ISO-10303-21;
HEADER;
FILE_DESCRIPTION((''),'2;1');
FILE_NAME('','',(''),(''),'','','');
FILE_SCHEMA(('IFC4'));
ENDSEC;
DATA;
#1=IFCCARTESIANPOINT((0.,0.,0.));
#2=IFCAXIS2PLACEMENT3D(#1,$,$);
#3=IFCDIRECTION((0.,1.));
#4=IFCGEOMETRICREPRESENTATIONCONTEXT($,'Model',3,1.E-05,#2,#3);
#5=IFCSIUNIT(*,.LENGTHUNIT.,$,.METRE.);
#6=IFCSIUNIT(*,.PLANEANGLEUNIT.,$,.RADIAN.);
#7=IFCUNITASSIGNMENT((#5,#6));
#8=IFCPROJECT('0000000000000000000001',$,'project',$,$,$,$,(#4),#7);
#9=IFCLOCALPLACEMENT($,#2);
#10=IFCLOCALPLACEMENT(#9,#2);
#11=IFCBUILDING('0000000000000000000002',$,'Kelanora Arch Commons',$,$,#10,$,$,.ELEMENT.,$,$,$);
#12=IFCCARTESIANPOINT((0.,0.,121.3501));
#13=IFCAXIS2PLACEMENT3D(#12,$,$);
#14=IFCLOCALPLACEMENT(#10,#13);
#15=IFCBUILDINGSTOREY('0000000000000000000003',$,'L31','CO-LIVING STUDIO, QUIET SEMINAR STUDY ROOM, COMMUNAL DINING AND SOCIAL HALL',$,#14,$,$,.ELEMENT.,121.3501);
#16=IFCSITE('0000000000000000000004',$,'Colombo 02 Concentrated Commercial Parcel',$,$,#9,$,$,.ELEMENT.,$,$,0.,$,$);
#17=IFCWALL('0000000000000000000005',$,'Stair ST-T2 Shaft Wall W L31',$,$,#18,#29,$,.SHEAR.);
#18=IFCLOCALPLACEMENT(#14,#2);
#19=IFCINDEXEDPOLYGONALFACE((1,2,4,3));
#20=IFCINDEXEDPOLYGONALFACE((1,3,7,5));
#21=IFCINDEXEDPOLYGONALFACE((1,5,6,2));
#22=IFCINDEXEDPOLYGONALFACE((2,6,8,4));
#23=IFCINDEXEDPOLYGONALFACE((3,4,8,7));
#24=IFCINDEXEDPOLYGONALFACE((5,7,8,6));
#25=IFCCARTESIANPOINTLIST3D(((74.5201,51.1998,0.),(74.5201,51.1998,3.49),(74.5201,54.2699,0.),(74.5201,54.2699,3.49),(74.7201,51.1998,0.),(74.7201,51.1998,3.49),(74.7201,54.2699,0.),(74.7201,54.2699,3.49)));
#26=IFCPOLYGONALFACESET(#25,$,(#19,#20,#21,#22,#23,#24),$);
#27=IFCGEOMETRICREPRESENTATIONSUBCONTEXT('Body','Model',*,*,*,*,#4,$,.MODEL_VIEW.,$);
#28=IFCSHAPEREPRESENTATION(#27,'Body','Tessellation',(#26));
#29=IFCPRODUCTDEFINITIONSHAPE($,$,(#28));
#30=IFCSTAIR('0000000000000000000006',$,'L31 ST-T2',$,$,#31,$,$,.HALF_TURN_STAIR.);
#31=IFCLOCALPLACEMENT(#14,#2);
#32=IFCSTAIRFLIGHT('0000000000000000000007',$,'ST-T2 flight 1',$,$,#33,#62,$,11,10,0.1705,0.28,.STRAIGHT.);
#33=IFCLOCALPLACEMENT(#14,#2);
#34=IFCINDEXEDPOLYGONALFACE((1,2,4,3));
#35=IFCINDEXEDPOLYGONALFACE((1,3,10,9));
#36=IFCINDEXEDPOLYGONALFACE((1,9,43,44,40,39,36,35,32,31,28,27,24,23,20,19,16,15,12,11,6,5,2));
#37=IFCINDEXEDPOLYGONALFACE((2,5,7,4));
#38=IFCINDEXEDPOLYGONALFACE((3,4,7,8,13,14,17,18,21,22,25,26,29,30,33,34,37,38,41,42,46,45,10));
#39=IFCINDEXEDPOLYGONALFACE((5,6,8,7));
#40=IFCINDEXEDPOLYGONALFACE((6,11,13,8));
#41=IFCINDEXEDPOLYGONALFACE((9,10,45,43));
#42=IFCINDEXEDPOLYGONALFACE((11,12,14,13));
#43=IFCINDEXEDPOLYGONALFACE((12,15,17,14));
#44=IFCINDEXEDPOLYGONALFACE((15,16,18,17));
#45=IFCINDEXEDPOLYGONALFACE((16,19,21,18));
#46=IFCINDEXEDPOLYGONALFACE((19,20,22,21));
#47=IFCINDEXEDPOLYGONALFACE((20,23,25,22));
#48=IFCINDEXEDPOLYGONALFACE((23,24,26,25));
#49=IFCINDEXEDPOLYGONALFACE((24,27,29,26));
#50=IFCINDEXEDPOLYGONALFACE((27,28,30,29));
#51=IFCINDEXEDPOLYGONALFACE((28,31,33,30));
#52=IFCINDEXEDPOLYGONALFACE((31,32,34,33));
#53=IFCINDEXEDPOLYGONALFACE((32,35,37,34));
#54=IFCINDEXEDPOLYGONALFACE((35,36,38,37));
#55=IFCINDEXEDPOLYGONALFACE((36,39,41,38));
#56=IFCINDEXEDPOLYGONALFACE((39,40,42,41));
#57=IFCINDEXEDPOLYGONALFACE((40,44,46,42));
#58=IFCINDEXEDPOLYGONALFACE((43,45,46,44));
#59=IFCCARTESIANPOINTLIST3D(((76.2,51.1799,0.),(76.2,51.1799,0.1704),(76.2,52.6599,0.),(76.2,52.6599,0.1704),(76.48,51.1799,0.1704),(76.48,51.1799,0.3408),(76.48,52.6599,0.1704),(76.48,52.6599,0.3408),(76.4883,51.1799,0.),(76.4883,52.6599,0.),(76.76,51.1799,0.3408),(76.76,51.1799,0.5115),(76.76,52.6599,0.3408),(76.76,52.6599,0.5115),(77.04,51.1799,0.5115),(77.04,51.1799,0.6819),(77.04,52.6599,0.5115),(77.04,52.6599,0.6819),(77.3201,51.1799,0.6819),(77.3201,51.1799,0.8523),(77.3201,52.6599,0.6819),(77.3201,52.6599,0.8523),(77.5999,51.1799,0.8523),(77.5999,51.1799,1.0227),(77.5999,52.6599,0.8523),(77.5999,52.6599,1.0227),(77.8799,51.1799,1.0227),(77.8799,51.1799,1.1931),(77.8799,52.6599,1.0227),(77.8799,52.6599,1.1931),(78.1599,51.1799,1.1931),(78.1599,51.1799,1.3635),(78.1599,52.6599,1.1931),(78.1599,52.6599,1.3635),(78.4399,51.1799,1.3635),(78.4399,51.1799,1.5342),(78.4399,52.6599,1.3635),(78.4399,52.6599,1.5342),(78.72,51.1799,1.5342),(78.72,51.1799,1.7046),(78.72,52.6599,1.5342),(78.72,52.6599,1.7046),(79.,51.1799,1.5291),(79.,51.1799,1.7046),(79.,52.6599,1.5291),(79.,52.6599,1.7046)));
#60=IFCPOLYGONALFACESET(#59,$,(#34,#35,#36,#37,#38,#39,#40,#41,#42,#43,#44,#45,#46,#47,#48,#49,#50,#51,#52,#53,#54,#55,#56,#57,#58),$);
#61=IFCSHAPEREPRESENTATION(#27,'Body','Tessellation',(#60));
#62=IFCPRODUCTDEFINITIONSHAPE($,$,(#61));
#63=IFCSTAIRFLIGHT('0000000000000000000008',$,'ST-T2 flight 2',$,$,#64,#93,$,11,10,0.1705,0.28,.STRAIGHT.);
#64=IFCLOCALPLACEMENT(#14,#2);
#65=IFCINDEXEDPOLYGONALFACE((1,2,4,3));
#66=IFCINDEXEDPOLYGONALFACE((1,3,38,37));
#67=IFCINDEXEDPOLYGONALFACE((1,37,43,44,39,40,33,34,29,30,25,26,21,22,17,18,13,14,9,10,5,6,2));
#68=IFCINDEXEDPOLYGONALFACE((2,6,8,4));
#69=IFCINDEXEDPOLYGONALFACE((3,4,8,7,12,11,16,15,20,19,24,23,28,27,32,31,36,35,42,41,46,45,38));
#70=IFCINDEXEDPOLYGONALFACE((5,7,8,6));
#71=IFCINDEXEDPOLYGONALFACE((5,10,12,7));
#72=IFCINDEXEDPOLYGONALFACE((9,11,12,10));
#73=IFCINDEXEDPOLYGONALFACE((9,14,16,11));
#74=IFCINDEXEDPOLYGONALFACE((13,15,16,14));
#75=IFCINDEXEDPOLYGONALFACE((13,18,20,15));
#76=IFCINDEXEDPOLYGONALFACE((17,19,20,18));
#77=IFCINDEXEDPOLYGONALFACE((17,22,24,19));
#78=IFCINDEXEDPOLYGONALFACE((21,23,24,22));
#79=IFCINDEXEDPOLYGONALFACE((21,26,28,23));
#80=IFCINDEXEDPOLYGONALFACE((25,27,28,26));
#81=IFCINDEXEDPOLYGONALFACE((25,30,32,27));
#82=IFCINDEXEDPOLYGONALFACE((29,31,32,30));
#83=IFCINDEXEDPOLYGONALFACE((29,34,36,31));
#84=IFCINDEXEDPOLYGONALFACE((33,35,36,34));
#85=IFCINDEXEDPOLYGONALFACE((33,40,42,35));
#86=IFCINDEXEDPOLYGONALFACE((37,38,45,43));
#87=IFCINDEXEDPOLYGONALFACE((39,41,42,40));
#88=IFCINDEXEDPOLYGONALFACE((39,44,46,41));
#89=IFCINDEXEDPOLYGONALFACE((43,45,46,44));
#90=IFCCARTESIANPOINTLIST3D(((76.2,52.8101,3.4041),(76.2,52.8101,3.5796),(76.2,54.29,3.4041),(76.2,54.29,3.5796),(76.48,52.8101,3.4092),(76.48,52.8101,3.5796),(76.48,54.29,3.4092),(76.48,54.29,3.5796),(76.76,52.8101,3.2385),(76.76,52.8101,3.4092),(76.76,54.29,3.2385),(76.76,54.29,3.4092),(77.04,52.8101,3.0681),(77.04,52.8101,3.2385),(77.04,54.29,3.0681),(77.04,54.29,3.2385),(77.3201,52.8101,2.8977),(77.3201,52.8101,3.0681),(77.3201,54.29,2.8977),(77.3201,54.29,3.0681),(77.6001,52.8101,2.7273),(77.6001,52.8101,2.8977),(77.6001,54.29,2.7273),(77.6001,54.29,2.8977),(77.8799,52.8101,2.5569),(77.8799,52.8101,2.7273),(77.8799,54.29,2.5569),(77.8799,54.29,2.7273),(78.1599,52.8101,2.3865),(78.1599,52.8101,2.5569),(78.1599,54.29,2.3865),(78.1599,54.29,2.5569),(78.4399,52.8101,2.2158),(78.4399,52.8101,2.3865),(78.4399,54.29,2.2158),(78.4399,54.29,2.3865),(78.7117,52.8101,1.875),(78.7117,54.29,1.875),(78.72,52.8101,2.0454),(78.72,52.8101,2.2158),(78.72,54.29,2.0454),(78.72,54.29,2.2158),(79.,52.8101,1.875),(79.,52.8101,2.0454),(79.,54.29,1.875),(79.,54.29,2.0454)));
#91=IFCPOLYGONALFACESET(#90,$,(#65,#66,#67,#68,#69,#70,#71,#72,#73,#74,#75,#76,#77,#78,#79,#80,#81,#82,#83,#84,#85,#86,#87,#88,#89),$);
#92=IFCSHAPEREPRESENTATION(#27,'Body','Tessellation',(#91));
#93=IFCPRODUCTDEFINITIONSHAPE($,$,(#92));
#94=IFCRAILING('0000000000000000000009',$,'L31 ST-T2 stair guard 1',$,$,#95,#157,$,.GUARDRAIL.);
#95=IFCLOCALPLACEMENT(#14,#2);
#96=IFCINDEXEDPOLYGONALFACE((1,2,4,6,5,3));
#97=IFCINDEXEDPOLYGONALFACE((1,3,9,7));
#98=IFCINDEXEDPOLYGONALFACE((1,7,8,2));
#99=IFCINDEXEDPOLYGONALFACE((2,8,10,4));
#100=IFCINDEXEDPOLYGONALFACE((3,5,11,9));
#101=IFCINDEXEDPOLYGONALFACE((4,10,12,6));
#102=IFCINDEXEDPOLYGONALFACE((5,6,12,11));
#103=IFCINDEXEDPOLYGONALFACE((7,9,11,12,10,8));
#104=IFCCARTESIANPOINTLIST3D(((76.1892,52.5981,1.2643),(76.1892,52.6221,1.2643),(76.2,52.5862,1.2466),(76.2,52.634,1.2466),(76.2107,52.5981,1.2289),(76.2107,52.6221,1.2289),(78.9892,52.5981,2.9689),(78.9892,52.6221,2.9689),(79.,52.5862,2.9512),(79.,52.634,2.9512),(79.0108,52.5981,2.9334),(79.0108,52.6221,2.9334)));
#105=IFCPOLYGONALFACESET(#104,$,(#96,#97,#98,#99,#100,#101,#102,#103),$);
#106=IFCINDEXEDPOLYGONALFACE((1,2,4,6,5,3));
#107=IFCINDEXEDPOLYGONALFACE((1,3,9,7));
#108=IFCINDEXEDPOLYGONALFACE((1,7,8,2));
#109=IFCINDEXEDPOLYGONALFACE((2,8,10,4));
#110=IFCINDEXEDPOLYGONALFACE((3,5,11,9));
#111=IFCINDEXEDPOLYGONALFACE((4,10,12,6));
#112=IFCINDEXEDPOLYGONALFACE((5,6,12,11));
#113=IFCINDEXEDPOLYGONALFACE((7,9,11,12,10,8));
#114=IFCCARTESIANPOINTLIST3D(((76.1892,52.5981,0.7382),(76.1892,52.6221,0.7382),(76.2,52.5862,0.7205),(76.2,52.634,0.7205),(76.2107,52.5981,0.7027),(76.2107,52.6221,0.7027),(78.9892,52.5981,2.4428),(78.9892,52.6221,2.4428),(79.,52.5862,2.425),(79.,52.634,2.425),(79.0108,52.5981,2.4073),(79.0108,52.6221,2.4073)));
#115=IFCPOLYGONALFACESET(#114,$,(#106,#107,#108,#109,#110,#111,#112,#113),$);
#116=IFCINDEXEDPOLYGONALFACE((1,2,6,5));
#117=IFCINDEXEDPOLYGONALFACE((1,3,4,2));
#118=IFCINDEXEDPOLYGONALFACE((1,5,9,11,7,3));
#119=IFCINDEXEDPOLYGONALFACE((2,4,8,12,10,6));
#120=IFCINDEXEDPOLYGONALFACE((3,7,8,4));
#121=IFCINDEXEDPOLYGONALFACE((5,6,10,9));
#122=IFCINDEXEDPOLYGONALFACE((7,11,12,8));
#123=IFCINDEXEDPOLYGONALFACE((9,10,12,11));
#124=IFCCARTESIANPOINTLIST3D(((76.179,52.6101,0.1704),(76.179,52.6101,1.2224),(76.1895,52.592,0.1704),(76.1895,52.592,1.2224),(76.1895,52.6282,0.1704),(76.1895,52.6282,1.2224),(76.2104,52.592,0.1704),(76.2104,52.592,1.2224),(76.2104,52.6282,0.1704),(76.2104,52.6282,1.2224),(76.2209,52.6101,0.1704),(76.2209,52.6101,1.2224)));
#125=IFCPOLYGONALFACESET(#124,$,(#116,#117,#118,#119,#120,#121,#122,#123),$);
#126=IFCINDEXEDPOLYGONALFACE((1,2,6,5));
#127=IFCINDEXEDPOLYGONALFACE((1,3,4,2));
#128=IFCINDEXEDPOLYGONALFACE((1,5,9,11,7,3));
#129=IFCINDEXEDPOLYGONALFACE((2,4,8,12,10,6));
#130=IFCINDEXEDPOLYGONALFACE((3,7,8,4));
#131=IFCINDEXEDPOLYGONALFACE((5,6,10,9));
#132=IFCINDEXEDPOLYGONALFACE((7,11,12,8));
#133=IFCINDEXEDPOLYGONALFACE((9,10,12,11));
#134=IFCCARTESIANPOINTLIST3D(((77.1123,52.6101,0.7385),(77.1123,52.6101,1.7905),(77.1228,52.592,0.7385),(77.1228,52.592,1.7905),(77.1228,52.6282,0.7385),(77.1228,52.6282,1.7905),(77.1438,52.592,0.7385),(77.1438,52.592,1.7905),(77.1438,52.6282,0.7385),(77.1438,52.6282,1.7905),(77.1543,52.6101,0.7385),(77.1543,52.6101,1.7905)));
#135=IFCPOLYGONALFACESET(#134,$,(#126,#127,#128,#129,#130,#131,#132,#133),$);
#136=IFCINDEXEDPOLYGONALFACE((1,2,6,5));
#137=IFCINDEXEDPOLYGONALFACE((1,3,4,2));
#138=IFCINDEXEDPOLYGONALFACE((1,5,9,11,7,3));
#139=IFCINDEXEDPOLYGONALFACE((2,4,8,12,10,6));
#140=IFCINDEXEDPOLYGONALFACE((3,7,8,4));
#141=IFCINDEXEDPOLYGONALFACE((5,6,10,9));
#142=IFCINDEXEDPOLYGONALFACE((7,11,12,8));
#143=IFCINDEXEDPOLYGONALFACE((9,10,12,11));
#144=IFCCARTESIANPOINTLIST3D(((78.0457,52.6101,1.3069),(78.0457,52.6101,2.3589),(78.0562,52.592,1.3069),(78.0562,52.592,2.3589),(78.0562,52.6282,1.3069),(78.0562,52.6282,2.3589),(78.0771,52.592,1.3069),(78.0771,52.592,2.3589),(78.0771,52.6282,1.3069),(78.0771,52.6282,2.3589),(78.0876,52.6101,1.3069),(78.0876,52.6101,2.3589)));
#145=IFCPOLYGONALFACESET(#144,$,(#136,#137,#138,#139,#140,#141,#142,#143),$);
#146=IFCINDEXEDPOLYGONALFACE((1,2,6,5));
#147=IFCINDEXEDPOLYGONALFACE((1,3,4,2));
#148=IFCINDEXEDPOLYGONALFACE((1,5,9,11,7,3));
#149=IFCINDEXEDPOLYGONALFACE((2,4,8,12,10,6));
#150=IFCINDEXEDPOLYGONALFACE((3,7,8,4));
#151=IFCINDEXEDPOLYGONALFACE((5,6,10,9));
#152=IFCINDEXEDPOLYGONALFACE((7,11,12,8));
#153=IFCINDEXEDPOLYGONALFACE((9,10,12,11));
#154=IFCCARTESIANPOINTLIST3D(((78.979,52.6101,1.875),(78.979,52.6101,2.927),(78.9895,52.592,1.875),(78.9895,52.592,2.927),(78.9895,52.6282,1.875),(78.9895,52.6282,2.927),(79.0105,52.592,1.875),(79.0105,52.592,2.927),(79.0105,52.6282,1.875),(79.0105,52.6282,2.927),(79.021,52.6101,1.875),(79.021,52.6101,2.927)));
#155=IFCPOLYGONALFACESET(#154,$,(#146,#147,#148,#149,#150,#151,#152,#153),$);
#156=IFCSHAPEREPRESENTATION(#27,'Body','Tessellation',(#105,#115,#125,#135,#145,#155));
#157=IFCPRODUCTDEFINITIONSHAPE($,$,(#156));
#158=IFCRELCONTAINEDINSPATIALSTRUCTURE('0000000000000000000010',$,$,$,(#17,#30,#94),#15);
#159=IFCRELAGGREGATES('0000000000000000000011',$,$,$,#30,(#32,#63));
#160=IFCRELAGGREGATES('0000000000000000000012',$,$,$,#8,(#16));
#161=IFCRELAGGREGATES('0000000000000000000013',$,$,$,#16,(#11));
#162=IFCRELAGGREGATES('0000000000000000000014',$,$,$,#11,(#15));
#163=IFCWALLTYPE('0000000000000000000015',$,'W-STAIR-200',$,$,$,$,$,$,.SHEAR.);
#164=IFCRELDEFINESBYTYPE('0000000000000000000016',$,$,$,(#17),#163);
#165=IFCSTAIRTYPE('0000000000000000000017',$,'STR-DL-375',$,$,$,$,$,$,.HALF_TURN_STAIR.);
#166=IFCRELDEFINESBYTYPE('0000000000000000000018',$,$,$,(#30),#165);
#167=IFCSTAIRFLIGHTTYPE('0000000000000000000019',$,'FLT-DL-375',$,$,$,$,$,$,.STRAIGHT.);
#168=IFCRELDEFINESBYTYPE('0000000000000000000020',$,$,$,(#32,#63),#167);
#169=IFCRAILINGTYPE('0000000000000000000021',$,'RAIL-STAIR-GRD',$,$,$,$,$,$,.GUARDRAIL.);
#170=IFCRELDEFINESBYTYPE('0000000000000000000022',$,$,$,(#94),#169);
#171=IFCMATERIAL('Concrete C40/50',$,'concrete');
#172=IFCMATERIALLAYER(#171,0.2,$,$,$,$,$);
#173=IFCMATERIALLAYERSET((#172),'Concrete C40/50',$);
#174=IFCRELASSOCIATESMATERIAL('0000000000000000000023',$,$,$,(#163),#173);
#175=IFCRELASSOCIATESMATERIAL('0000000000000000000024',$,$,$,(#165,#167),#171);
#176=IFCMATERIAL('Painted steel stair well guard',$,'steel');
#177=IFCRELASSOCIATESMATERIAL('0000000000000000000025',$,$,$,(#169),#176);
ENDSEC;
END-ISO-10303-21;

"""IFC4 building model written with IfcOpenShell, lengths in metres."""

from ifc_helpers import new_model, si_unit, direction, frame, frame_2d, origin, place, context, subcontext, project, spatial, polyline, rectangle, outline, extrude, material, layer, layer_set, type_object, element, aggregate, save


model = new_model("IFC4")

# Units and contexts
model_context = context("Model", 3, precision=1e-05, world=origin(), true_north=direction((0.0, 1.0)))
body_context = subcontext(model_context, "Body", "Model", "MODEL_VIEW")
ifc_project = project(units=[si_unit("LENGTHUNIT", "METRE"), si_unit("PLANEANGLEUNIT", "RADIAN")], contexts=[model_context])

# Site, building, storey
site_placement = place(None, origin())
site = spatial("IfcSite", under=ifc_project, at=site_placement, Name="Colombo 02 Concentrated Commercial Parcel", CompositionType="ELEMENT", RefElevation=0.0)
building_placement = place(site_placement, origin())
building = spatial("IfcBuilding", under=site, at=building_placement, Name="Kelanora Arch Commons", CompositionType="ELEMENT")
storey_placement = place(building_placement, frame((0.0, 0.0, 121.3501)))
storey = spatial("IfcBuildingStorey", under=building, at=storey_placement, Name="L31", Description="CO-LIVING STUDIO, QUIET SEMINAR STUDY ROOM, COMMUNAL DINING AND SOCIAL HALL", CompositionType="ELEMENT", Elevation=121.3501)

# Shared definitions
ifc_material_1 = material(Name="Concrete C40/50", Category="concrete")
ifc_layer_1 = layer(ifc_material_1, 0.2)
ifc_layer_set_1 = layer_set([ifc_layer_1], Name="Concrete C40/50")
wall_type_1 = type_object("IfcWallType", Name="W-STAIR-200", PredefinedType="SHEAR", material=ifc_layer_set_1)

# Wall
wall_1_placement = place(storey_placement, frame((74.6201, 54.27, 0.0), z_axis=(0.0, 0.0, 1.0), x_axis=(0.0, -1.0, 0.0)))
element("IfcWall", 1, at=wall_1_placement, inside=storey, type_object=wall_type_1, Name="Stair ST-T2 Shaft Wall W L31", PredefinedType="SHEAR", context=body_context, shape_type="SweptSolid", body=[
    extrude(rectangle(XDim=3.0701, YDim=0.2, at=frame_2d((1.5352, 0.0))), origin(), (0.0, 0.0, 1.0), 3.49),
])

# Stair, stair flights
stair_type = type_object("IfcStairType", Name="STR-DL-375", PredefinedType="HALF_TURN_STAIR", material=ifc_material_1)
stair_placement = place(storey_placement, origin())
stair = element("IfcStair", 2, at=stair_placement, inside=storey, type_object=stair_type, Name="L31 ST-T2", PredefinedType="HALF_TURN_STAIR")
stair_flight_type = type_object("IfcStairFlightType", Name="FLT-DL-375", PredefinedType="STRAIGHT", material=ifc_material_1)
stair_flight_1_placement = place(storey_placement, frame((76.2, 51.9199, 0.0), z_axis=(0.0, 0.0, 1.0), x_axis=(1.0, 0.0, 0.0)))
stair_flight_1 = element("IfcStairFlight", 3, at=stair_flight_1_placement, type_object=stair_flight_type, Name="ST-T2 flight 1", NumberOfRisers=11, NumberOfTreads=10, PredefinedType="STRAIGHT", RiserHeight=0.1705, TreadLength=0.28, context=body_context, shape_type="SweptSolid", body=[
    extrude(outline(polyline([(0.0, 0.0), (0.0, 0.1704), (0.28, 0.1704), (0.28, 0.3408), (0.5601, 0.3408), (0.5601, 0.5115), (0.8401, 0.5115), (0.8401, 0.6819), (1.1201, 0.6819), (1.1201, 0.8523), (1.3999, 0.8523), (1.3999, 1.0227), (1.6799, 1.0227), (1.6799, 1.1931), (1.96, 1.1931), (1.96, 1.3635), (2.24, 1.3635), (2.24, 1.5342), (2.52, 1.5342), (2.52, 1.7046), (2.8, 1.7046), (2.8, 1.875), (2.8, 1.5291), (0.2883, 0.0), (0.0, 0.0)])), frame((0.0, 0.74, 0.0), z_axis=(0.0, -1.0, 0.0), x_axis=(1.0, 0.0, 0.0)), (0.0, 0.0, 1.0), 1.48),
])
stair_flight_2_placement = place(storey_placement, frame((79.0, 53.55, 1.875), z_axis=(0.0, 0.0, 1.0), x_axis=(-1.0, 0.0, 0.0)))
stair_flight_2 = element("IfcStairFlight", 4, at=stair_flight_2_placement, type_object=stair_flight_type, Name="ST-T2 flight 2", NumberOfRisers=11, NumberOfTreads=10, PredefinedType="STRAIGHT", RiserHeight=0.1705, TreadLength=0.28, context=body_context, shape_type="SweptSolid", body=[
    extrude(outline(polyline([(0.0, 0.0), (0.0, 0.1704), (0.28, 0.1704), (0.28, 0.3408), (0.5601, 0.3408), (0.5601, 0.5115), (0.8401, 0.5115), (0.8401, 0.6819), (1.1201, 0.6819), (1.1201, 0.8523), (1.3999, 0.8523), (1.3999, 1.0227), (1.6799, 1.0227), (1.6799, 1.1931), (1.96, 1.1931), (1.96, 1.3635), (2.24, 1.3635), (2.24, 1.5342), (2.52, 1.5342), (2.52, 1.7046), (2.8, 1.7046), (2.8, 1.875), (2.8, 1.5291), (0.2883, 0.0), (0.0, 0.0)])), frame((0.0, 0.74, 0.0), z_axis=(0.0, -1.0, 0.0), x_axis=(1.0, 0.0, 0.0)), (0.0, 0.0, 1.0), 1.48),
])
aggregate(stair, [stair_flight_1, stair_flight_2])

# Railing
ifc_material_2 = material(Name="Painted steel stair well guard", Category="steel")
railing_type_1 = type_object("IfcRailingType", Name="RAIL-STAIR-GRD", PredefinedType="GUARDRAIL", material=ifc_material_2)
railing_1_placement = place(storey_placement, frame((76.2, 52.6101, 0.1704)))
element("IfcRailing", 5, at=railing_1_placement, inside=storey, type_object=railing_type_1, Name="L31 ST-T2 stair guard 1", PredefinedType="GUARDRAIL", context=body_context, shape_type="SweptSolid", body=[
    extrude(outline(polyline([(0.0239, 0.0), (0.012, 0.0208), (-0.012, 0.0208), (-0.0239, 0.0), (-0.012, -0.0208), (0.012, -0.0208), (0.0239, 0.0)])), frame((0.0, 0.0, 1.0762), z_axis=(0.85417, 0.0, 0.519994), x_axis=(0.0, 1.0, 0.0)), (0.0, 0.0, 1.0), 3.2781),
    extrude(outline(polyline([(0.0239, 0.0), (0.012, 0.0208), (-0.012, 0.0208), (-0.0239, 0.0), (-0.012, -0.0208), (0.012, -0.0208), (0.0239, 0.0)])), frame((0.0, 0.0, 0.55), z_axis=(0.85417, 0.0, 0.519994), x_axis=(0.0, 1.0, 0.0)), (0.0, 0.0, 1.0), 3.2781),
    extrude(outline(polyline([(0.021, 0.0), (0.0105, 0.0181), (-0.0105, 0.0181), (-0.021, 0.0), (-0.0105, -0.0181), (0.0105, -0.0181), (0.021, 0.0)])), origin(), (0.0, 0.0, 1.0), 1.052),
    extrude(outline(polyline([(0.021, 0.0), (0.0105, 0.0181), (-0.0105, 0.0181), (-0.021, 0.0), (-0.0105, -0.0181), (0.0105, -0.0181), (0.021, 0.0)])), frame((0.9333, 0.0, 0.5681)), (0.0, 0.0, 1.0), 1.052),
    extrude(outline(polyline([(0.021, 0.0), (0.0105, 0.0181), (-0.0105, 0.0181), (-0.021, 0.0), (-0.0105, -0.0181), (0.0105, -0.0181), (0.021, 0.0)])), frame((1.8667, 0.0, 1.1365)), (0.0, 0.0, 1.0), 1.052),
    extrude(outline(polyline([(0.021, 0.0), (0.0105, 0.0181), (-0.0105, 0.0181), (-0.021, 0.0), (-0.0105, -0.0181), (0.0105, -0.0181), (0.021, 0.0)])), frame((2.8, 0.0, 1.7046)), (0.0, 0.0, 1.0), 1.052),
])

save(model, "model.ifc")
